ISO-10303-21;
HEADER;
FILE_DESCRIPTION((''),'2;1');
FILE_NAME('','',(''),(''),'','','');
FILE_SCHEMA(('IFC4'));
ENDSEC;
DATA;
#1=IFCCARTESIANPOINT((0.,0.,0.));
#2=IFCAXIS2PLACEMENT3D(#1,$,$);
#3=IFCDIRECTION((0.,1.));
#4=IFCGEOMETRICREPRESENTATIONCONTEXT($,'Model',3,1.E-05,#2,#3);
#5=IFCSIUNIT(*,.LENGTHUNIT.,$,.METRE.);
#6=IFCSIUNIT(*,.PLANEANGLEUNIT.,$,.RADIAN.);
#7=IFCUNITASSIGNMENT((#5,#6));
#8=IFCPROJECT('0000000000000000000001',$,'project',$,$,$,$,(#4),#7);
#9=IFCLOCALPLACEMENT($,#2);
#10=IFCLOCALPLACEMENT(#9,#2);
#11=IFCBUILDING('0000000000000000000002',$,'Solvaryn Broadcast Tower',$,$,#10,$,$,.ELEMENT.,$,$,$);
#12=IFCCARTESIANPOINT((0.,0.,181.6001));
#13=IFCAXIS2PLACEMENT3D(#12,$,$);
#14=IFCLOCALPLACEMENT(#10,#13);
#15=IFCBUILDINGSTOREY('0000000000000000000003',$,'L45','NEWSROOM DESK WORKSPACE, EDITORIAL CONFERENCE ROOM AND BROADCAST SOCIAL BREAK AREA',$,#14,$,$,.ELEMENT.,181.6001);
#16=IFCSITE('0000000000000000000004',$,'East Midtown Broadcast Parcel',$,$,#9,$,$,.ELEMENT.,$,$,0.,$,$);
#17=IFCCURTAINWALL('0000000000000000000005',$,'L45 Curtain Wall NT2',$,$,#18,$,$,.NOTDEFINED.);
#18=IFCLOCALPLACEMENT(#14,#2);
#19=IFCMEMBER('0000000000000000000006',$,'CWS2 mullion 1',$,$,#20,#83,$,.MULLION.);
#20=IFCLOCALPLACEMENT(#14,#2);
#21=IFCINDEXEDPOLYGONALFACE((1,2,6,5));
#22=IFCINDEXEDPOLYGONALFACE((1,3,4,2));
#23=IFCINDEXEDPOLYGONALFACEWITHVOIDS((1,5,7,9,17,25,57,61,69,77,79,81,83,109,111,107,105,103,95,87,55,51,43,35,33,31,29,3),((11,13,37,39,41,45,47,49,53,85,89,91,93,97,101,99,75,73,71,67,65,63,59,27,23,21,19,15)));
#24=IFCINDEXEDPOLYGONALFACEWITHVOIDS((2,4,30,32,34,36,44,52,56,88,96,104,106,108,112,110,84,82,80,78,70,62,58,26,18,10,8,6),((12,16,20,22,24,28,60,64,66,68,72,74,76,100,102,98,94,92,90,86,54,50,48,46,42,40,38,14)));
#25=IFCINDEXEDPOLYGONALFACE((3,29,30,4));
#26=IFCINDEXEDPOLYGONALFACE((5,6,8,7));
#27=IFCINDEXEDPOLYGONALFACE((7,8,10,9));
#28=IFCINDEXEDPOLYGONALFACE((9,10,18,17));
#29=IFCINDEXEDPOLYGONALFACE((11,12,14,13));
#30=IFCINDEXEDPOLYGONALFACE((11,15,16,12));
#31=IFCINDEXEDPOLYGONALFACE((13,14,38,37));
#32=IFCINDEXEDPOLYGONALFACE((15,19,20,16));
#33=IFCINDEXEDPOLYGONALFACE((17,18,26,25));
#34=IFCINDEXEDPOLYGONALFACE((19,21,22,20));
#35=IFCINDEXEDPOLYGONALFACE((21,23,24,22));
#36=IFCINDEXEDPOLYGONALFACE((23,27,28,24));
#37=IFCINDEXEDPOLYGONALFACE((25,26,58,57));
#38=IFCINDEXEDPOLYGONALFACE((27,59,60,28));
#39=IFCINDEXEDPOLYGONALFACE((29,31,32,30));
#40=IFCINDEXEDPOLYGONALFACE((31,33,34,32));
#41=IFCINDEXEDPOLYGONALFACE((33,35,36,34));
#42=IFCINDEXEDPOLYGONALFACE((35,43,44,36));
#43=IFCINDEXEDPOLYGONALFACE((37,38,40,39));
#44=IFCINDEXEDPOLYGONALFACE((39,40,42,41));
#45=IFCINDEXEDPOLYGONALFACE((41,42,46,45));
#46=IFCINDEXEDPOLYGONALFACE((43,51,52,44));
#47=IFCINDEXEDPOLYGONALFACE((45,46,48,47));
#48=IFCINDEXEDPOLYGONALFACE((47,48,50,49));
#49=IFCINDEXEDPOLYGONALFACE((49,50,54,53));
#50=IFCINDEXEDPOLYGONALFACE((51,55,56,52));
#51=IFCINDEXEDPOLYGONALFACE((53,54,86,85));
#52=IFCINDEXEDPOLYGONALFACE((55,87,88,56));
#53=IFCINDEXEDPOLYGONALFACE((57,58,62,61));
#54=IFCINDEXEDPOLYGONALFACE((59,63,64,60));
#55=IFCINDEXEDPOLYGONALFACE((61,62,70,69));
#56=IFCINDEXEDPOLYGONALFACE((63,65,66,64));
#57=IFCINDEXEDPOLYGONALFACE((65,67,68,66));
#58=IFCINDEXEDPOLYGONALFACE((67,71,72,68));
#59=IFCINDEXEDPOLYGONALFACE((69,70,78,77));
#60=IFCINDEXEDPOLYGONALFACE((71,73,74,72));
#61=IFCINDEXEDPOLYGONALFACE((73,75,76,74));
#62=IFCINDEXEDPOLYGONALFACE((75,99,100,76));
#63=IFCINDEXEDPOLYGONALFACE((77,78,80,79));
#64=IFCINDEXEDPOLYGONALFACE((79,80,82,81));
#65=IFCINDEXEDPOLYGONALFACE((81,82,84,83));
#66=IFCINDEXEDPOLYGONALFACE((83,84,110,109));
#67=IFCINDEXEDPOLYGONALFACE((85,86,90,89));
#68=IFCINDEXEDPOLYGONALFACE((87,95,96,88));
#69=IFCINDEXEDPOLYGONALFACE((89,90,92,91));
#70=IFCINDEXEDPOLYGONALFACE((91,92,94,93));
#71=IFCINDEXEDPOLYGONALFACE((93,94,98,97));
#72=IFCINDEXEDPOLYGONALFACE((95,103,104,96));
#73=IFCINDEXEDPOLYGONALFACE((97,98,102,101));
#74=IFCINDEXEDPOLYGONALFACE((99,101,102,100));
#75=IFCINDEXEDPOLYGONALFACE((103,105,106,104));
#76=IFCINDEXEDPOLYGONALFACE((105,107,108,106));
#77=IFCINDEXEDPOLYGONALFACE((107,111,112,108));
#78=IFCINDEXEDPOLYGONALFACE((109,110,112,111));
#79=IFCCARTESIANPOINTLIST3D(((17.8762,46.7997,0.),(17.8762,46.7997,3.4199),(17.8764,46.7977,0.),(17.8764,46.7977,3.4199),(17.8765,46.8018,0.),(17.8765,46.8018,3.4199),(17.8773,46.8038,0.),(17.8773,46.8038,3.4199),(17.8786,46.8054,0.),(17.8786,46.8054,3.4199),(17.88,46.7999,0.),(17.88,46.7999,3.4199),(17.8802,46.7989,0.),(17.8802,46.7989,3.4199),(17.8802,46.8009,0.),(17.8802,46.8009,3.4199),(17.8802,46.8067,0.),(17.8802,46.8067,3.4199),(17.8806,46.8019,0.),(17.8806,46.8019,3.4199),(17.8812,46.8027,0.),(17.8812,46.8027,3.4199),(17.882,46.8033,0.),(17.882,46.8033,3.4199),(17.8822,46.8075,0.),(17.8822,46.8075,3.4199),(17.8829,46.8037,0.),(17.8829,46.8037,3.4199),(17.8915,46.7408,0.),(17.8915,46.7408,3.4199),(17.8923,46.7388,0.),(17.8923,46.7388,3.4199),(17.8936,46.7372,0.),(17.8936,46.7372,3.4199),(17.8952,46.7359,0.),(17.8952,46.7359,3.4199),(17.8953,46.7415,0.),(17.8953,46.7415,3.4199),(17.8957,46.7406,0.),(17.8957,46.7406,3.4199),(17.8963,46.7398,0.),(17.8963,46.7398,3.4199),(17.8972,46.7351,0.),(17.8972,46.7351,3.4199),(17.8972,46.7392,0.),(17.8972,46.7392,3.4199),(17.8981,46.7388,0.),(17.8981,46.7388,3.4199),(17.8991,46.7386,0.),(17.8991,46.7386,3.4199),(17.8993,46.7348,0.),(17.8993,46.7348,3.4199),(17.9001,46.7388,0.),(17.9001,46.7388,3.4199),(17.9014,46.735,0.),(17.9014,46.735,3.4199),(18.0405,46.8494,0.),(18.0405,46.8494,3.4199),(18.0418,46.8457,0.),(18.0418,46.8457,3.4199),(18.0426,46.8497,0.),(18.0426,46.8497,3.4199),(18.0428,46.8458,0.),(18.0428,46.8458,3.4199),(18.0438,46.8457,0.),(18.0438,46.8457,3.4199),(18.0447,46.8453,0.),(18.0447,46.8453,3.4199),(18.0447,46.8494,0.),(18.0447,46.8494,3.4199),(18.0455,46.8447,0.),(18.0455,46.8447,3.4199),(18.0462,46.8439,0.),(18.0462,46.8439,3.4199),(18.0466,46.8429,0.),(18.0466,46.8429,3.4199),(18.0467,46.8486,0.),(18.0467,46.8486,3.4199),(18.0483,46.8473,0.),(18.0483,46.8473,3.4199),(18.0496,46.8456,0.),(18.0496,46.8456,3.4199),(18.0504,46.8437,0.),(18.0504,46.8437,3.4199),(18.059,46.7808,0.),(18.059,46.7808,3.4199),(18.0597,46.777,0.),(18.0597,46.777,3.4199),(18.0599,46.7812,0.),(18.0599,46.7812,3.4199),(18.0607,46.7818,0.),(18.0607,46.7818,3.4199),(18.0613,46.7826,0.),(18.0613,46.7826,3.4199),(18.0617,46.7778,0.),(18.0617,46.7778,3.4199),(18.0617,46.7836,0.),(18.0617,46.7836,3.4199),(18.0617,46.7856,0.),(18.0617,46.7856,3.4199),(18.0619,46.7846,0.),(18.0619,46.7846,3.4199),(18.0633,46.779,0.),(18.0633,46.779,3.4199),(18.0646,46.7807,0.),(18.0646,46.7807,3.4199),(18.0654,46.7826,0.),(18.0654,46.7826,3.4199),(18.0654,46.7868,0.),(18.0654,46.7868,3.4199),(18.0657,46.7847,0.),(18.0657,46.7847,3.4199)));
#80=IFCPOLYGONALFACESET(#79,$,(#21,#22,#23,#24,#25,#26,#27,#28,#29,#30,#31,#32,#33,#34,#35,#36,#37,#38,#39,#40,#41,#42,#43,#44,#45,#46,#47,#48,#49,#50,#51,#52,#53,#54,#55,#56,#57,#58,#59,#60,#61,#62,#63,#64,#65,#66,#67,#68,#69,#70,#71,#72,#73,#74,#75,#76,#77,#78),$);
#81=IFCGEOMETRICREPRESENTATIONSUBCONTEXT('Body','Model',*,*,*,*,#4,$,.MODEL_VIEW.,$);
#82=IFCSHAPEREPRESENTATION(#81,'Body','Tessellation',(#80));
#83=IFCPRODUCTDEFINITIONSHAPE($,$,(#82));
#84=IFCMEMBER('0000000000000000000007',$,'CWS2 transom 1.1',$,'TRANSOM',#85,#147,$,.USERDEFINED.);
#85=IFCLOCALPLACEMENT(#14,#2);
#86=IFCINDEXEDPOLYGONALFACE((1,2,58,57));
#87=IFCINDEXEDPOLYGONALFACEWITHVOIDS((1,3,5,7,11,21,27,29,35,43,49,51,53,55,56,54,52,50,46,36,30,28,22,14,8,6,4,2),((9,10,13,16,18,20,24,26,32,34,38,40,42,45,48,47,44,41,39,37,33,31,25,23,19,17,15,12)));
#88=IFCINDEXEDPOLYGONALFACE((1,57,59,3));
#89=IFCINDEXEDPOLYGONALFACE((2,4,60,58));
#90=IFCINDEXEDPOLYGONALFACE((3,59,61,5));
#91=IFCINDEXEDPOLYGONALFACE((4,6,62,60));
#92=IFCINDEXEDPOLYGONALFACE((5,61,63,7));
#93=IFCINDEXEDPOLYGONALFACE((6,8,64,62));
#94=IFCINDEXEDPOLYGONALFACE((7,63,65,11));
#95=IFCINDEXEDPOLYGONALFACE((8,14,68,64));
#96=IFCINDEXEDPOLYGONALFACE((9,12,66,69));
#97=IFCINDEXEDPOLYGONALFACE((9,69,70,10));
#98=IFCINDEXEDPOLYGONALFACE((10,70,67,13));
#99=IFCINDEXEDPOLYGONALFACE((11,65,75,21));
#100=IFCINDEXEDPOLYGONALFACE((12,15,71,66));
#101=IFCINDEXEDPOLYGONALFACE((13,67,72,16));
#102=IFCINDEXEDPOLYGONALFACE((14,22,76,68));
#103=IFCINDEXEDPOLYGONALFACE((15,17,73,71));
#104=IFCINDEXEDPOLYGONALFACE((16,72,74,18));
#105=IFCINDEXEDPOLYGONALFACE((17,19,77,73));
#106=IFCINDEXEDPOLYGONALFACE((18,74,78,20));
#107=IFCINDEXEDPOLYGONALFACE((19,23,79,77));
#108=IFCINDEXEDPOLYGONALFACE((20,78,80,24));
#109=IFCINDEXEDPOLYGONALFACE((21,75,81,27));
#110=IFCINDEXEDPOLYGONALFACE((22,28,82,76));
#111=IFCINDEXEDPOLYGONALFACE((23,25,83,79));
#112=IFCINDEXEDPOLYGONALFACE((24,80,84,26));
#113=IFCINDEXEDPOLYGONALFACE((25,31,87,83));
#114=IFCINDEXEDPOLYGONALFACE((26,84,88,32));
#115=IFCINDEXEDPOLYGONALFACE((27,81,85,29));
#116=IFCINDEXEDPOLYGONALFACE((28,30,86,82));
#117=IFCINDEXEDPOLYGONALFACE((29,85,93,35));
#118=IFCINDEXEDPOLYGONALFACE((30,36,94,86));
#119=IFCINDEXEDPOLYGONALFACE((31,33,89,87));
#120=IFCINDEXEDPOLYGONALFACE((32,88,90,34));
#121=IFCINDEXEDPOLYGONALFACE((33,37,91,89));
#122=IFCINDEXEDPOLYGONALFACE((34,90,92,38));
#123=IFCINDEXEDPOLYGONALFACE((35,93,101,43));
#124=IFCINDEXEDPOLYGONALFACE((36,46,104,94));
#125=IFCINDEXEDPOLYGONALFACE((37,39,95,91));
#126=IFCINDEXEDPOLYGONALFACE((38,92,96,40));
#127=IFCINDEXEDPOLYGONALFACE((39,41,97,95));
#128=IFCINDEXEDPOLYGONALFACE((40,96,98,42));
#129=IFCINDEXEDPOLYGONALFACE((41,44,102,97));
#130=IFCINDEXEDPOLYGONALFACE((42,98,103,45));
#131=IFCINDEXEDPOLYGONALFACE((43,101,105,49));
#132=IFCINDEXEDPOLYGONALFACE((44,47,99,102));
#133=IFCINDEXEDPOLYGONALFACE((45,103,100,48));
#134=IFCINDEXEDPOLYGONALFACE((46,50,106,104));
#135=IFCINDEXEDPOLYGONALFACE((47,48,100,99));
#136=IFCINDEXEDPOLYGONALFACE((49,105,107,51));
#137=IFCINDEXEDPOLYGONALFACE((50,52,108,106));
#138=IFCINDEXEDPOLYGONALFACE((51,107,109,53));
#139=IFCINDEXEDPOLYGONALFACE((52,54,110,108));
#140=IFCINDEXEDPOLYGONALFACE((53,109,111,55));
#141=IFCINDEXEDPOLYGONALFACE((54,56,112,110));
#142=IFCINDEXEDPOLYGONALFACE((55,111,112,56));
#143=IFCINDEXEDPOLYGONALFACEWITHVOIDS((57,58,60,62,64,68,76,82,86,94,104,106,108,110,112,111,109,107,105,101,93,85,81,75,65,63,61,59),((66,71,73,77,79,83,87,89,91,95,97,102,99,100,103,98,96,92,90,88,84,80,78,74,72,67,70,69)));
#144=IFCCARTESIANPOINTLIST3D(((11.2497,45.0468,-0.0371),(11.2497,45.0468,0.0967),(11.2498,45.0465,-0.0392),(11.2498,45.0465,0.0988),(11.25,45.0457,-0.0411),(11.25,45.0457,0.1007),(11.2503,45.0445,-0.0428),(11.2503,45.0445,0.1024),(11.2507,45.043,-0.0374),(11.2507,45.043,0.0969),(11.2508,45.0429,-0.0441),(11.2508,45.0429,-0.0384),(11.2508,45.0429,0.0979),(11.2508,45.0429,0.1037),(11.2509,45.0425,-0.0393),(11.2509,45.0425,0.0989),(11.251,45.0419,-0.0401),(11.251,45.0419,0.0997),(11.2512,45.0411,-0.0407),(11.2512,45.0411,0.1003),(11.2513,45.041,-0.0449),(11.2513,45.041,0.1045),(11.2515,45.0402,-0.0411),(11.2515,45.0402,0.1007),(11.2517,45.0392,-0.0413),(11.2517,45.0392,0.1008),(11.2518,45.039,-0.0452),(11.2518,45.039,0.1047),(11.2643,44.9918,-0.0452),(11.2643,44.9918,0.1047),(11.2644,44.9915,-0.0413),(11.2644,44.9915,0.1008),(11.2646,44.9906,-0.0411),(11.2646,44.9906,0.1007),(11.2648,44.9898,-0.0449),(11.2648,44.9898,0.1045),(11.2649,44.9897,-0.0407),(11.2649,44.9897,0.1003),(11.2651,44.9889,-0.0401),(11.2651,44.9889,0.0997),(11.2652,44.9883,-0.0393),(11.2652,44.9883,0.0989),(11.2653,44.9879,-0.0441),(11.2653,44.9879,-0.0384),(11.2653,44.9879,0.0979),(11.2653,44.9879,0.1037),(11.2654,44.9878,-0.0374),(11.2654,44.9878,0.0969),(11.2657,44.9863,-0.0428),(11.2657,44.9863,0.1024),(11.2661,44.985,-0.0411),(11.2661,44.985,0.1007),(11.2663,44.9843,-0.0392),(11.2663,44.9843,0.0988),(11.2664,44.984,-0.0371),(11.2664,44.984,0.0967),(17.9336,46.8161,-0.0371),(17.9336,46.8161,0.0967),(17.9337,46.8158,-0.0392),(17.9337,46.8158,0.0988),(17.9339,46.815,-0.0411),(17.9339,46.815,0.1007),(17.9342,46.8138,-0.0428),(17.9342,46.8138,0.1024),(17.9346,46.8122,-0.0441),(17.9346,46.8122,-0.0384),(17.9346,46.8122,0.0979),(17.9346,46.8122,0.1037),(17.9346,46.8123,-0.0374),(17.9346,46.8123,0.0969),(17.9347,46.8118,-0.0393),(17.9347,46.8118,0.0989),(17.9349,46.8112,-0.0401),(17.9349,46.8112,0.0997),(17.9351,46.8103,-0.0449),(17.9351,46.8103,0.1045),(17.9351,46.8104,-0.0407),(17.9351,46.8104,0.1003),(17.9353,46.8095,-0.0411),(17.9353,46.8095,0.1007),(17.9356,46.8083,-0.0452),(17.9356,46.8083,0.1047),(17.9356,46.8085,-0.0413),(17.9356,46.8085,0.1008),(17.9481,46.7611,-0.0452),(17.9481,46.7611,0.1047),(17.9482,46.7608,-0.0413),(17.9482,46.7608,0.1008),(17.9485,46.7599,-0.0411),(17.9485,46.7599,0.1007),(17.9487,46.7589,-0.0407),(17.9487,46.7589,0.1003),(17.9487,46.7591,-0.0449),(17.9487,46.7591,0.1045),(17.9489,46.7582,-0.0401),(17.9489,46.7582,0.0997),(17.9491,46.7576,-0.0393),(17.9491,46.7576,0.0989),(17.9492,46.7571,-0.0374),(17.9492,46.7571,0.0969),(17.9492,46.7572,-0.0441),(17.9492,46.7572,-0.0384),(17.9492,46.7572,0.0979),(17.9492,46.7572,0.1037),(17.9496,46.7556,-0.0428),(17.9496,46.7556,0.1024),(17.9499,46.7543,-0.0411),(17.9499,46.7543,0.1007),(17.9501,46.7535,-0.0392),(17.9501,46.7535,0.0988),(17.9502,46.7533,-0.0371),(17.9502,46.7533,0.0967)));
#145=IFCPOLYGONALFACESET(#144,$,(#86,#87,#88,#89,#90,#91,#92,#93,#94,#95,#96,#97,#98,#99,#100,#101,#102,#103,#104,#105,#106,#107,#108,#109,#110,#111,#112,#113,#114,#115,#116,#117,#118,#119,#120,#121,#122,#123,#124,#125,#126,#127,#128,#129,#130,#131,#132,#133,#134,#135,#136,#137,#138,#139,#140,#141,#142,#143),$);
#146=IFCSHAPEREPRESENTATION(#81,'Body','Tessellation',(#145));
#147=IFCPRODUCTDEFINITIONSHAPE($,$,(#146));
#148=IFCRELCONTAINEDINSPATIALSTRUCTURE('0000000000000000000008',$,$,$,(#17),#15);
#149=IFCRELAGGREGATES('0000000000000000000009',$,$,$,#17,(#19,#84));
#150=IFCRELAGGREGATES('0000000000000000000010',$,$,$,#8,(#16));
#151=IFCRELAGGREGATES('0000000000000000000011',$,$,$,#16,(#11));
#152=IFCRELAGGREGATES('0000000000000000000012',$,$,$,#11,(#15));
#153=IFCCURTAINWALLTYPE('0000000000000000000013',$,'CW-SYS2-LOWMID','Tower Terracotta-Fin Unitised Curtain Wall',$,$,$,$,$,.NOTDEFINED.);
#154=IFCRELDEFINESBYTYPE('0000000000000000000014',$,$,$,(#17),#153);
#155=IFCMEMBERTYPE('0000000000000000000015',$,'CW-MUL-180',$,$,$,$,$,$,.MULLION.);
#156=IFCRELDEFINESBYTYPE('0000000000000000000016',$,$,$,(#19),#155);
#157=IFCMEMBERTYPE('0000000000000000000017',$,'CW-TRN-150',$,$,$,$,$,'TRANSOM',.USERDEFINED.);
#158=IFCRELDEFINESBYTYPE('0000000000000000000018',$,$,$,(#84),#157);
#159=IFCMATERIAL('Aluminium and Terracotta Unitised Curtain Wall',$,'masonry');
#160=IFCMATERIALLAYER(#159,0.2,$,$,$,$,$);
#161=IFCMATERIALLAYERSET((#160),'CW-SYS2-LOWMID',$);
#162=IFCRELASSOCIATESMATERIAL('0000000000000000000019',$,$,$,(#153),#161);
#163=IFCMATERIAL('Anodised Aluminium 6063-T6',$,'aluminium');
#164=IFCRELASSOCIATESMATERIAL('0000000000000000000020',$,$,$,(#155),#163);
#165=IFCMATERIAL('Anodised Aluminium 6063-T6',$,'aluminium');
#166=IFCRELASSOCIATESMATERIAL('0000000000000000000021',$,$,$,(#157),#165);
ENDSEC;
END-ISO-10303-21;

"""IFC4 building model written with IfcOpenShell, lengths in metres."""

from ifc_helpers import new_model, si_unit, direction, frame, origin, origin_2d, place, context, subcontext, project, spatial, hollow_rectangle, extrude, material, layer, layer_set, material_profile, profile_set, type_object, element, aggregate, save


model = new_model("IFC4")

# Units and contexts
model_context = context("Model", 3, precision=1e-05, world=origin(), true_north=direction((0.0, 1.0)))
body_context = subcontext(model_context, "Body", "Model", "MODEL_VIEW")
ifc_project = project(units=[si_unit("LENGTHUNIT", "METRE"), si_unit("PLANEANGLEUNIT", "RADIAN")], contexts=[model_context])

# Site, building, storey
site_placement = place(None, origin())
site = spatial("IfcSite", under=ifc_project, at=site_placement, Name="East Midtown Broadcast Parcel", CompositionType="ELEMENT", RefElevation=0.0)
building_placement = place(site_placement, origin())
building = spatial("IfcBuilding", under=site, at=building_placement, Name="Solvaryn Broadcast Tower", CompositionType="ELEMENT")
storey_placement = place(building_placement, frame((0.0, 0.0, 181.6001)))
storey = spatial("IfcBuildingStorey", under=building, at=storey_placement, Name="L45", Description="NEWSROOM DESK WORKSPACE, EDITORIAL CONFERENCE ROOM AND BROADCAST SOCIAL BREAK AREA", CompositionType="ELEMENT", Elevation=181.6001)

# Shared definitions
ifc_material_1 = material(Name="Aluminium and Terracotta Unitised Curtain Wall", Category="masonry")
ifc_layer_1 = layer(ifc_material_1, 0.2)
ifc_layer_set_1 = layer_set([ifc_layer_1], Name="CW-SYS2-LOWMID")
curtain_wall_type = type_object("IfcCurtainWallType", Name="CW-SYS2-LOWMID", Description="Tower Terracotta-Fin Unitised Curtain Wall", PredefinedType="NOTDEFINED", material=ifc_layer_set_1)
ifc_material_2 = material(Name="Anodised Aluminium 6063-T6", Category="aluminium")
ifc_material_profile_1 = material_profile(ifc_material_2, hollow_rectangle(XDim=0.075, YDim=0.1799, WallThickness=0.0039, InnerFilletRadius=0.0039, OuterFilletRadius=0.0081, at=origin_2d()))
ifc_profile_set_1 = profile_set([ifc_material_profile_1], Name="Anodised Aluminium 6063-T6")
member_type_1 = type_object("IfcMemberType", Name="CW-MUL-180", PredefinedType="MULLION", material=ifc_profile_set_1)

# Curtain wall, members
curtain_wall_1_placement = place(storey_placement, origin())
curtain_wall_1 = element("IfcCurtainWall", 1, at=curtain_wall_1_placement, inside=storey, type_object=curtain_wall_type, Name="L45 Curtain Wall NT2", PredefinedType="NOTDEFINED")
member_1_placement = place(storey_placement, frame((17.9709, 46.7922, 0.0), z_axis=(0.0, 0.0, 1.0), x_axis=(0.255893, -0.966705, 0.0)))
member_1 = element("IfcMember", 2, at=member_1_placement, type_object=member_type_1, Name="CWS2 mullion 1", PredefinedType="MULLION", context=body_context, shape_type="SweptSolid", body=[
    extrude(hollow_rectangle(XDim=0.075, YDim=0.1799, WallThickness=0.0039, InnerFilletRadius=0.0039, OuterFilletRadius=0.0081, at=origin_2d()), origin(), (0.0, 0.0, 1.0), 3.4199),
])
ifc_material_3 = material(Name="Anodised Aluminium 6063-T6", Category="aluminium")
ifc_material_profile_2 = material_profile(ifc_material_3, hollow_rectangle(XDim=0.0649, YDim=0.1499, WallThickness=0.0039, InnerFilletRadius=0.0039, OuterFilletRadius=0.0081, at=origin_2d()))
ifc_profile_set_2 = profile_set([ifc_material_profile_2], Name="Anodised Aluminium 6063-T6")
member_type_2 = type_object("IfcMemberType", Name="CW-TRN-150", ElementType="TRANSOM", PredefinedType="USERDEFINED", material=ifc_profile_set_2)
member_2_placement = place(storey_placement, frame((17.9419, 46.7847, 0.0298), z_axis=(-0.966704, -0.255897, 0.0), x_axis=(0.255897, -0.966704, 0.0)))
member_2 = element("IfcMember", 3, at=member_2_placement, type_object=member_type_2, Name="CWS2 transom 1.1", ObjectType="TRANSOM", PredefinedType="USERDEFINED", context=body_context, shape_type="SweptSolid", body=[
    extrude(hollow_rectangle(XDim=0.0649, YDim=0.1499, WallThickness=0.0039, InnerFilletRadius=0.0039, OuterFilletRadius=0.0081, at=origin_2d()), origin(), (0.0, 0.0, 1.0), 6.9141),
])
aggregate(curtain_wall_1, [member_1, member_2])

save(model, "model.ifc")
